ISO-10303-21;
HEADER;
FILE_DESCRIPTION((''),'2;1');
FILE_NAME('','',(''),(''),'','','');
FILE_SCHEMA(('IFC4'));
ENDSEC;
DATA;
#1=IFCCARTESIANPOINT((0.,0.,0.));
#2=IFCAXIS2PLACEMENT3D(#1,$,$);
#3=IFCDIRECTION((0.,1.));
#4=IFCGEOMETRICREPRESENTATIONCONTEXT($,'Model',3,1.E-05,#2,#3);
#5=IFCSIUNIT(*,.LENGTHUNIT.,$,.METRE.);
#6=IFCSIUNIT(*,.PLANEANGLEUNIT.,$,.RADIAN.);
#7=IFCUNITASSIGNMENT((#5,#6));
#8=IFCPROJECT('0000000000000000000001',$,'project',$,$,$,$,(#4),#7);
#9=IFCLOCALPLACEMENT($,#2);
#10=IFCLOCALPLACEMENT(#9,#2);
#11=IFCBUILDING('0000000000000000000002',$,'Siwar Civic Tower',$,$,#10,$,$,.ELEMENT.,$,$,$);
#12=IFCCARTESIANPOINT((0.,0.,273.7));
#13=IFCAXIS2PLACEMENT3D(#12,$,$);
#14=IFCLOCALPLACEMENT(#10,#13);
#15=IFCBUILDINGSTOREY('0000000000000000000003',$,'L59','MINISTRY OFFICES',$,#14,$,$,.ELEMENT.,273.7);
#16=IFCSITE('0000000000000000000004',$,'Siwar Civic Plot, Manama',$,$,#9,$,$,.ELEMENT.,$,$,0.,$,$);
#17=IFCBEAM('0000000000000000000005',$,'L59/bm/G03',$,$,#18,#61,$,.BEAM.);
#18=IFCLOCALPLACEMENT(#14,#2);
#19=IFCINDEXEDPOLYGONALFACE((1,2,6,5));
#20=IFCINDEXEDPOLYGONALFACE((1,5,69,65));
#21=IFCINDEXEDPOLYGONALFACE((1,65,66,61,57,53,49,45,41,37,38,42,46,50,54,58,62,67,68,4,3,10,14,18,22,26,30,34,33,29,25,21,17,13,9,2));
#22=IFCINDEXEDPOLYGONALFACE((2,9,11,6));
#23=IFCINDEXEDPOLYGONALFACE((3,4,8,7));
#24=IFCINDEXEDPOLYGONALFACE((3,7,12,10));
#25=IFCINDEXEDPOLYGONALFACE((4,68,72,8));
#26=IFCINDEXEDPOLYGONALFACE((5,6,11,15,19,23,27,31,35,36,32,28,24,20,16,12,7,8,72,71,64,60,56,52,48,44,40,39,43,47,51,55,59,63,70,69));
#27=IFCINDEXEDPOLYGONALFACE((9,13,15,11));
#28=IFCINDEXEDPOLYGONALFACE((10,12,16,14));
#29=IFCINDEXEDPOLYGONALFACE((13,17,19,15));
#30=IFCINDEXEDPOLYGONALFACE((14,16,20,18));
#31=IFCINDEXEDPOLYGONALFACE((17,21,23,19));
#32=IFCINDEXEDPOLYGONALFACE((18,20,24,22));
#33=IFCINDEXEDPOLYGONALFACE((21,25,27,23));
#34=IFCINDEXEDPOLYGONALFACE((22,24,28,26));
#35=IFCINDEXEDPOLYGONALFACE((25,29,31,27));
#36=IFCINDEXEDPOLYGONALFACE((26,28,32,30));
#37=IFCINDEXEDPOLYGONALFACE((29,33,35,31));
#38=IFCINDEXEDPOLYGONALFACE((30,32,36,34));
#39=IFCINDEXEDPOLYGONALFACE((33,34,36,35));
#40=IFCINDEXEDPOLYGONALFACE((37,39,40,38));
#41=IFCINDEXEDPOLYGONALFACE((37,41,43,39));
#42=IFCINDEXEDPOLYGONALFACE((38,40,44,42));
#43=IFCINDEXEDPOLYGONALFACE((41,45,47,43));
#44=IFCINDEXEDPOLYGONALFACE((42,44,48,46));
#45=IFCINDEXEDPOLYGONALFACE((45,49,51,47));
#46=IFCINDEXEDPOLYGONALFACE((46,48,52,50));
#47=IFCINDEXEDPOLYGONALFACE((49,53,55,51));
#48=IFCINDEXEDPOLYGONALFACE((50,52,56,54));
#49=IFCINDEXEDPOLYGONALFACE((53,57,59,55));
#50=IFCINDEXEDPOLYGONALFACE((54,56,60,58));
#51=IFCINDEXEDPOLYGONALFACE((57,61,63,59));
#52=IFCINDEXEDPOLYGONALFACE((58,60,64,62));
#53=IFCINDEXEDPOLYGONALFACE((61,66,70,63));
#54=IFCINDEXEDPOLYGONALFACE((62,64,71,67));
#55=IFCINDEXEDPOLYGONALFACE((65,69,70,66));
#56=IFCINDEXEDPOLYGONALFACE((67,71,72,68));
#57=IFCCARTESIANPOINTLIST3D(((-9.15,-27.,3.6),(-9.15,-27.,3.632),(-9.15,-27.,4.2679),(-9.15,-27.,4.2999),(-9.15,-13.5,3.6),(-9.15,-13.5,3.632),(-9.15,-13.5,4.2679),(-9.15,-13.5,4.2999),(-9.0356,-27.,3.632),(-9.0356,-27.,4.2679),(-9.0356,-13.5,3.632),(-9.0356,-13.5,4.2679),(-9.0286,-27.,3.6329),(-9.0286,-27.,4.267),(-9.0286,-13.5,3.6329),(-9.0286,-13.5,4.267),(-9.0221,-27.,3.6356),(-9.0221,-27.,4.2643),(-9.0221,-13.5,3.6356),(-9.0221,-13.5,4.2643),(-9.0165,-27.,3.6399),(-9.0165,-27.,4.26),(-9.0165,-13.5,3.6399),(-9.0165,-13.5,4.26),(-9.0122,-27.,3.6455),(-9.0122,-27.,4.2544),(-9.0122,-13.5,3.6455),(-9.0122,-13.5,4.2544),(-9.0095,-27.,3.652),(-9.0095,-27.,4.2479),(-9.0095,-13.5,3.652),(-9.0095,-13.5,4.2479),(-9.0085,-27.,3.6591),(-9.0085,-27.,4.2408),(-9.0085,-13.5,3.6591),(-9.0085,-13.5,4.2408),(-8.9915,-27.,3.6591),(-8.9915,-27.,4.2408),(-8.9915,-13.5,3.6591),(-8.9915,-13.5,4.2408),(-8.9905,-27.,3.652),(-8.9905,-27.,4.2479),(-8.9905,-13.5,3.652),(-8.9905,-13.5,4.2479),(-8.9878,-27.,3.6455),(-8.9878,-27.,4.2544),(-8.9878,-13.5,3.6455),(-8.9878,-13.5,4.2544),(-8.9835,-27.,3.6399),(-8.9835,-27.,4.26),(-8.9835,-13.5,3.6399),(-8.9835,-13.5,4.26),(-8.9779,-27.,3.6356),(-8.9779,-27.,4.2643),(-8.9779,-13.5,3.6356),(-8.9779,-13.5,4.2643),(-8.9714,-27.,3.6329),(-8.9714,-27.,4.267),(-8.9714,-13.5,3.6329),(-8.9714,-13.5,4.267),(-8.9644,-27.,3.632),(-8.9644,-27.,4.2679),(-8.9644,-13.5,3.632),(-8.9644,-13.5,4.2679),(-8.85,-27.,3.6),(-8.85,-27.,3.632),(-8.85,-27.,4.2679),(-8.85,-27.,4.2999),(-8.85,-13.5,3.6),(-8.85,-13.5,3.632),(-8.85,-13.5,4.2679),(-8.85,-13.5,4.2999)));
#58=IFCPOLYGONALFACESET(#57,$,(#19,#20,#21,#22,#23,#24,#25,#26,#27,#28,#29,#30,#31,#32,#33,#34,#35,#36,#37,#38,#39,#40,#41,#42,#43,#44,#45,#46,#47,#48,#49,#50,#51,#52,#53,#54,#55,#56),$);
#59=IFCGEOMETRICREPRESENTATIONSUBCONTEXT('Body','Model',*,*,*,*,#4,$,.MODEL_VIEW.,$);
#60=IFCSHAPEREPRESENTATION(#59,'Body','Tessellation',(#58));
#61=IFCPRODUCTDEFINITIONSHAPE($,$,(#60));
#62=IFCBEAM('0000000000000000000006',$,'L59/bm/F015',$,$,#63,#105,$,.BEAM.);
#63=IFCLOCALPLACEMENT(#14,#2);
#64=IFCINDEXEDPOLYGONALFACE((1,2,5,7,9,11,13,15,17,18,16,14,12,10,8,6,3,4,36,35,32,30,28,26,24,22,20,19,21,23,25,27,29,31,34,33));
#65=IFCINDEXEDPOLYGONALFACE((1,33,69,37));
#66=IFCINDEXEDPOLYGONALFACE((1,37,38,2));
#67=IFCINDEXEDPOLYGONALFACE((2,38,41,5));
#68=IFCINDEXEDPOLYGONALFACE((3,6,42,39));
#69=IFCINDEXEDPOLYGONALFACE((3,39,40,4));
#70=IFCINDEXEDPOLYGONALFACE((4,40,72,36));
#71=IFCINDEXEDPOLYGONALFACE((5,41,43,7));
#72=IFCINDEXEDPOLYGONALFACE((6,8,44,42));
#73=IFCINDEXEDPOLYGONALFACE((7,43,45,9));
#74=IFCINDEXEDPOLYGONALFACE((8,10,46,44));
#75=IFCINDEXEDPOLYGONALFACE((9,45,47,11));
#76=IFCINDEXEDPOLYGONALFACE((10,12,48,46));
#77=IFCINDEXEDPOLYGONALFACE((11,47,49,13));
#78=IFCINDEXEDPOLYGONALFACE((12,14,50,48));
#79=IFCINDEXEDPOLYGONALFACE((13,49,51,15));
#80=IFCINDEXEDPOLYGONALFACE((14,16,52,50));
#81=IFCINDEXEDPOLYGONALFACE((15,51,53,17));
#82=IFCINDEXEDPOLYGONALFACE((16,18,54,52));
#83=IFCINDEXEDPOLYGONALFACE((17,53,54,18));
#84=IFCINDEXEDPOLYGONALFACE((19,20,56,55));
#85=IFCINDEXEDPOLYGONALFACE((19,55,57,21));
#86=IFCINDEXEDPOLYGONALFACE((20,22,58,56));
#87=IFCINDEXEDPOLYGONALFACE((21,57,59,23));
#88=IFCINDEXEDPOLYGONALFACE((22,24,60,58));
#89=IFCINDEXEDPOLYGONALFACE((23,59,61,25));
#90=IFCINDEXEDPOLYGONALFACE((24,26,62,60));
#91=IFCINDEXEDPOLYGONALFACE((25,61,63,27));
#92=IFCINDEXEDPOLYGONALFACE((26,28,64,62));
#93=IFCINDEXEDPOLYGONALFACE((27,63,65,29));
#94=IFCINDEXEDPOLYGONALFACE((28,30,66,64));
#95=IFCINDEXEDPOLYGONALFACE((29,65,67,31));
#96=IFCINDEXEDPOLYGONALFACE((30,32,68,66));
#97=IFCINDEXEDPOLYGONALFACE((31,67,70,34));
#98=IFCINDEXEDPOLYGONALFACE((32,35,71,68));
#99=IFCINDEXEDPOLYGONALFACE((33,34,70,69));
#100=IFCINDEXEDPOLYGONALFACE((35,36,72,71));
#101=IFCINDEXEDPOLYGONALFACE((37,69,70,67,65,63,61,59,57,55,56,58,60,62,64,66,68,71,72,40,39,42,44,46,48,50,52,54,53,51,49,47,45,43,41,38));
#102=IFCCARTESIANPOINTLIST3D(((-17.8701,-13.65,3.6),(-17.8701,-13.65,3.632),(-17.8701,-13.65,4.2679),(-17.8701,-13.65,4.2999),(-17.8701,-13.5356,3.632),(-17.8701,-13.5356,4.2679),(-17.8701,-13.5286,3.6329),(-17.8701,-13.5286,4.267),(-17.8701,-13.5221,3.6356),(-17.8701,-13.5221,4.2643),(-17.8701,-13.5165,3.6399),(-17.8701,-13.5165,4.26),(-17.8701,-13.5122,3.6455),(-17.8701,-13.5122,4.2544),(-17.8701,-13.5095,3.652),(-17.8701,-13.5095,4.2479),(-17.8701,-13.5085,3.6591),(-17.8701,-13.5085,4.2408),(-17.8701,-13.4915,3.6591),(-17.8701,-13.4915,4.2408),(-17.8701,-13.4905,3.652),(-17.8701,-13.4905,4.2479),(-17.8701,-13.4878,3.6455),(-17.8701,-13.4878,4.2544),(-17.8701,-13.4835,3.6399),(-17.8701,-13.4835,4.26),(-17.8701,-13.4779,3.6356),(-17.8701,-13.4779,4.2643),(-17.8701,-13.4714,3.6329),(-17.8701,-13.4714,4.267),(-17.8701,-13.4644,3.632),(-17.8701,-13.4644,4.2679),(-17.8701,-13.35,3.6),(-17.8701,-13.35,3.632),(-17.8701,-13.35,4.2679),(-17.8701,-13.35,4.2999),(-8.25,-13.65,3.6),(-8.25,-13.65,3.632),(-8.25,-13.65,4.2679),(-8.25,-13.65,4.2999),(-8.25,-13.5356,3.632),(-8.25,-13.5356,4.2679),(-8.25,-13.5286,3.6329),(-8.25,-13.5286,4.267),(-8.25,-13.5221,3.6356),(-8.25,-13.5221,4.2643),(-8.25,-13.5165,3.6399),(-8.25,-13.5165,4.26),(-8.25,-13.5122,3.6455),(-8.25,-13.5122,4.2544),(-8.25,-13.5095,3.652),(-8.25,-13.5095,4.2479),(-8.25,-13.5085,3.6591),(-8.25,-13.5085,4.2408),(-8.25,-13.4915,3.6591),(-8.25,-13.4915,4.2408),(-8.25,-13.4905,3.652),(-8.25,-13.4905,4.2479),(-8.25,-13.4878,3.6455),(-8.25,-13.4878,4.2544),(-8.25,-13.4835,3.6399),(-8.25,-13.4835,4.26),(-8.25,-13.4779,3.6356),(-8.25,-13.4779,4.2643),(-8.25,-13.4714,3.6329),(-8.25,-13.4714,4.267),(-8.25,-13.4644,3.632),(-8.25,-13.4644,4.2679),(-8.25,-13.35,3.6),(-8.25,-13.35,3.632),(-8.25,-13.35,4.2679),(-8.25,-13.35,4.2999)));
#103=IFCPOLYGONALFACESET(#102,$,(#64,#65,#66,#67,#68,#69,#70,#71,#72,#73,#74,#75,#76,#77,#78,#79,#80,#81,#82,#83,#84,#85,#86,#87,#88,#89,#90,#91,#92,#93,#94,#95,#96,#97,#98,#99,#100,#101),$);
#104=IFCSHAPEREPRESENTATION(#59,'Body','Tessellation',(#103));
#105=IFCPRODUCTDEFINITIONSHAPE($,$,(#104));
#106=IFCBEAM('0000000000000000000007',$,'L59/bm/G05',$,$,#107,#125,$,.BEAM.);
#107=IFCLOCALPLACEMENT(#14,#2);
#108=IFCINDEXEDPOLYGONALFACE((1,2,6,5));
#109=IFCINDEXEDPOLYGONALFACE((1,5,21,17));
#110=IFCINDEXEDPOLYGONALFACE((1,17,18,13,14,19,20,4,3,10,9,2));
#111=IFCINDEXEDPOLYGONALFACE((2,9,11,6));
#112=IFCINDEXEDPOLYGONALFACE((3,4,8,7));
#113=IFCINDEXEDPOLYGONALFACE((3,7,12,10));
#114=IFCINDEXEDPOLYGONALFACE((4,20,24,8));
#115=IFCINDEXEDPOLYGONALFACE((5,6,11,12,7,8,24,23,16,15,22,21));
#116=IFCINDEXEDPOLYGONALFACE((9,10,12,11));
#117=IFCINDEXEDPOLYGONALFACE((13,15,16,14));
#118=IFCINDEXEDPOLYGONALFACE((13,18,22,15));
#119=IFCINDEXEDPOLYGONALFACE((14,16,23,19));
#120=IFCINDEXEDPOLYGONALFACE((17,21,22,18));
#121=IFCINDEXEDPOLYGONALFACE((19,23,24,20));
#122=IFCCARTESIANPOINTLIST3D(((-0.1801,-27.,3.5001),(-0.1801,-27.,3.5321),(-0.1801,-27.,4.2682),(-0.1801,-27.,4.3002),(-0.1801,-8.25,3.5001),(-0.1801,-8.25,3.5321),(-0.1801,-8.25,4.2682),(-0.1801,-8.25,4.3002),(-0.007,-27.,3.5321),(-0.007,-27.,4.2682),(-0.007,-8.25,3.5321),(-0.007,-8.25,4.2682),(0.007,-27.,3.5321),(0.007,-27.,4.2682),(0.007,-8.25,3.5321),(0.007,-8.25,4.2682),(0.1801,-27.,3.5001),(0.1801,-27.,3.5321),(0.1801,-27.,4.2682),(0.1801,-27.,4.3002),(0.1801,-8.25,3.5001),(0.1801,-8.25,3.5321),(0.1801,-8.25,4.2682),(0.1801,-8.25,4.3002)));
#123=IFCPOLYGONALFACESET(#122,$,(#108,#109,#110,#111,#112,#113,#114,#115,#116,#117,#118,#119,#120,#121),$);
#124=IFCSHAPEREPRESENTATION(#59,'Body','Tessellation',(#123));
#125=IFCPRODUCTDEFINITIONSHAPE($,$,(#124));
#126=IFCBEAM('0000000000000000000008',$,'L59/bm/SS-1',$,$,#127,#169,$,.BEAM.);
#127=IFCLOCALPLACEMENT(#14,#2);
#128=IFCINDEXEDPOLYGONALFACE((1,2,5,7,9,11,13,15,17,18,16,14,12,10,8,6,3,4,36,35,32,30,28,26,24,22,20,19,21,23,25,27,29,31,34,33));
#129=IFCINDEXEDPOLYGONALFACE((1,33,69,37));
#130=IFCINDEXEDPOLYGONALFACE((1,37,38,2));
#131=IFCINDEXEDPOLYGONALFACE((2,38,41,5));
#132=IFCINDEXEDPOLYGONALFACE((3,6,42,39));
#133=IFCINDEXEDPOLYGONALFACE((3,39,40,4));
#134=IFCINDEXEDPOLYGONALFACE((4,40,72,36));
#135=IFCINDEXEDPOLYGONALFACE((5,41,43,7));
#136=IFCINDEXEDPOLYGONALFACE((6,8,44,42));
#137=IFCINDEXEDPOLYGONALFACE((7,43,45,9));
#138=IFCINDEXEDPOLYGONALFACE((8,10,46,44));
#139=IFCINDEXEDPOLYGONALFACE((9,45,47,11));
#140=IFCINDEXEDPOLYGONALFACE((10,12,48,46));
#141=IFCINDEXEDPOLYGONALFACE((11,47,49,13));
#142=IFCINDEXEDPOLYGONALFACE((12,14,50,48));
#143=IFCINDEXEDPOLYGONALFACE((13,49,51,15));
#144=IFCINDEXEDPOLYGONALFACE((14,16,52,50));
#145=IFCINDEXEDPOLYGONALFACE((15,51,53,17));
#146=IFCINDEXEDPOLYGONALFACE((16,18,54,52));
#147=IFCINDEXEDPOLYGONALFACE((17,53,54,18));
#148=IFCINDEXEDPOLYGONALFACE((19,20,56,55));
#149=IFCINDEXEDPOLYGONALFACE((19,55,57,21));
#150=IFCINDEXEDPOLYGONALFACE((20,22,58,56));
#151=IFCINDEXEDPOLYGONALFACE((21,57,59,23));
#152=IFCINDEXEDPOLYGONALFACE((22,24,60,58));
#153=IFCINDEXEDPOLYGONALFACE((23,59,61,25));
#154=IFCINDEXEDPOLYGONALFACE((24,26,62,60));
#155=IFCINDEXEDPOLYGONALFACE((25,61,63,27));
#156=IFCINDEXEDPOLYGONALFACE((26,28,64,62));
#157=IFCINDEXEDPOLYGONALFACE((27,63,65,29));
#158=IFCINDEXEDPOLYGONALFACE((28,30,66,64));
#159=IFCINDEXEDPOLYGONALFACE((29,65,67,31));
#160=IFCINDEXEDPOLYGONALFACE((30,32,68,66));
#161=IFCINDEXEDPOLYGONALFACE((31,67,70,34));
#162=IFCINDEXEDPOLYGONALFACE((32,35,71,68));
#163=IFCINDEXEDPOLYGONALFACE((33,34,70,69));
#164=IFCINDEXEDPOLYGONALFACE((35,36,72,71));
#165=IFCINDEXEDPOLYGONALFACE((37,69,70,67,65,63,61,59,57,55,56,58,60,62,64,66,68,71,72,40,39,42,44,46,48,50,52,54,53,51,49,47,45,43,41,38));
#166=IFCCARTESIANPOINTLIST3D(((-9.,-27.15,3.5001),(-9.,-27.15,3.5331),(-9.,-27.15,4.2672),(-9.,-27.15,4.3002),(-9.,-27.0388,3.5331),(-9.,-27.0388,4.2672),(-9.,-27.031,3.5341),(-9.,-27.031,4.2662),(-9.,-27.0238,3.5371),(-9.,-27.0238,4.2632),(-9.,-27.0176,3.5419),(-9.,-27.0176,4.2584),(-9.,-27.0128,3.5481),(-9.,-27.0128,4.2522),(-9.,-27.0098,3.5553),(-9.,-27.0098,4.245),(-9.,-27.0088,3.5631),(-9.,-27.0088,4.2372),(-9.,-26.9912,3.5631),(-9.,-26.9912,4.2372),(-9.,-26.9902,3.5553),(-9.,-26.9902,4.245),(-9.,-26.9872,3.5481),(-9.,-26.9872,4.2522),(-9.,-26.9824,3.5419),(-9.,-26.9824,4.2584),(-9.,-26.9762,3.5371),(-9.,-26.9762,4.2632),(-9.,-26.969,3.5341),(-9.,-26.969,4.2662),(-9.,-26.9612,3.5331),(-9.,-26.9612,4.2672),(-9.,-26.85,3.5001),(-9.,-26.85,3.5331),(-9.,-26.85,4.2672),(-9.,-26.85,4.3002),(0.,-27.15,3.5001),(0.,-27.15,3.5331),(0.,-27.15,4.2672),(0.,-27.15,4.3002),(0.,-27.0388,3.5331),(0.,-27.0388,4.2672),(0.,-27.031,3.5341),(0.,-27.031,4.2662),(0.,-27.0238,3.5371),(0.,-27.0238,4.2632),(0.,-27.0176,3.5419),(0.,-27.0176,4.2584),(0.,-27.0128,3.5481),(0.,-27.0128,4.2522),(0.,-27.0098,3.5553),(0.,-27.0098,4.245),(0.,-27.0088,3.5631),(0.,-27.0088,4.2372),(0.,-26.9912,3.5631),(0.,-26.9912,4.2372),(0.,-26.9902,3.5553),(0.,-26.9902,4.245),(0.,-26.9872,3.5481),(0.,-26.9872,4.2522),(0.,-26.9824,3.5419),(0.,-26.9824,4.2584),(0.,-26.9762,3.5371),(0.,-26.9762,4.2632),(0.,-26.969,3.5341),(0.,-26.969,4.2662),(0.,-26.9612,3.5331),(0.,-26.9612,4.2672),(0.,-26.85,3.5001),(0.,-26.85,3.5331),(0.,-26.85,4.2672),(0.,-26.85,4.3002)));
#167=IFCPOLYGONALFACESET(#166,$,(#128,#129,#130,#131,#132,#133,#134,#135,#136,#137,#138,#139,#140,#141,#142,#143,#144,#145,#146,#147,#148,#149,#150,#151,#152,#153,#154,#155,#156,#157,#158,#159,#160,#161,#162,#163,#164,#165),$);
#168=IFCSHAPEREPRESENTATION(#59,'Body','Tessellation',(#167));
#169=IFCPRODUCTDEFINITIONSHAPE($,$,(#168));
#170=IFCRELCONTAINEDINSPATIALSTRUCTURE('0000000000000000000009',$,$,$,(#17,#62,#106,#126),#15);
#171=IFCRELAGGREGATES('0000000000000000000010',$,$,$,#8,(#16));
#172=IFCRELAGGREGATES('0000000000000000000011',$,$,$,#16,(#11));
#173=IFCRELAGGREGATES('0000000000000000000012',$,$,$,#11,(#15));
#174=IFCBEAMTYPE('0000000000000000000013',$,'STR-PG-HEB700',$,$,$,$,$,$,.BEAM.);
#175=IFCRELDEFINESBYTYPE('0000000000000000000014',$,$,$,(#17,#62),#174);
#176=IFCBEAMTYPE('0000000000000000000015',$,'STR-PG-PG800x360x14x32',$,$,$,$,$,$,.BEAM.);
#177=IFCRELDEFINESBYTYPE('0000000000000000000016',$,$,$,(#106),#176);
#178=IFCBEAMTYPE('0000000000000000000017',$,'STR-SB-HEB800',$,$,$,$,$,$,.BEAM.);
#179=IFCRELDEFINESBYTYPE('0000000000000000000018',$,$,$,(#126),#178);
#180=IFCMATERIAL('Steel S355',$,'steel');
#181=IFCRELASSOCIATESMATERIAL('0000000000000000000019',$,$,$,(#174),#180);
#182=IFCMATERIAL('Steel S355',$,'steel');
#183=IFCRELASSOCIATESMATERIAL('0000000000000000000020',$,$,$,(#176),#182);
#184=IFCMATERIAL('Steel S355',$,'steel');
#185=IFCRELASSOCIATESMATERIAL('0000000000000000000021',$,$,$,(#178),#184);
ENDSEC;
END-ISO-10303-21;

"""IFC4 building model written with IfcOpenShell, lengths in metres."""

from ifc_helpers import new_model, si_unit, direction, frame, origin, origin_2d, place, context, subcontext, project, spatial, i_section, extrude, material, material_profile, profile_set, type_object, element, save


model = new_model("IFC4")

# Units and contexts
model_context = context("Model", 3, precision=1e-05, world=origin(), true_north=direction((0.0, 1.0)))
body_context = subcontext(model_context, "Body", "Model", "MODEL_VIEW")
ifc_project = project(units=[si_unit("LENGTHUNIT", "METRE"), si_unit("PLANEANGLEUNIT", "RADIAN")], contexts=[model_context])

# Site, building, storey
site_placement = place(None, origin())
site = spatial("IfcSite", under=ifc_project, at=site_placement, Name="Siwar Civic Plot, Manama", CompositionType="ELEMENT", RefElevation=0.0)
building_placement = place(site_placement, origin())
building = spatial("IfcBuilding", under=site, at=building_placement, Name="Siwar Civic Tower", CompositionType="ELEMENT")
storey_placement = place(building_placement, frame((0.0, 0.0, 273.7)))
storey = spatial("IfcBuildingStorey", under=building, at=storey_placement, Name="L59", Description="MINISTRY OFFICES", CompositionType="ELEMENT", Elevation=273.7)

# Beams
ifc_material_1 = material(Name="Steel S355", Category="steel")
ifc_material_profile_1 = material_profile(ifc_material_1, i_section(OverallWidth=0.3, OverallDepth=0.7, WebThickness=0.0171, FlangeThickness=0.032, FilletRadius=0.0271, at=origin_2d()), Name="HEB700")
ifc_profile_set_1 = profile_set([ifc_material_profile_1], Name="Steel S355")
beam_type_1 = type_object("IfcBeamType", Name="STR-PG-HEB700", PredefinedType="BEAM", material=ifc_profile_set_1)
for number, where, z_axis, x_axis, name in (
    (1, (-9.0, -27.0, 3.95), (0.0, 1.0, 0.0), (-1.0, 0.0, 0.0), "L59/bm/G03"),
):
    element("IfcBeam", number, at=place(storey_placement, frame(where, z_axis=z_axis, x_axis=x_axis)), inside=storey, type_object=beam_type_1, Name=name, PredefinedType="BEAM", context=body_context, shape_type="SweptSolid", body=[
        extrude(i_section(OverallWidth=0.3, OverallDepth=0.7, WebThickness=0.0171, FlangeThickness=0.032, FilletRadius=0.0271, at=origin_2d()), origin(), (0.0, 0.0, 1.0), 13.5),
    ])
beam_1_placement = place(storey_placement, frame((-17.8701, -13.5, 3.95), z_axis=(1.0, 0.0, 0.0), x_axis=(0.0, 1.0, 0.0)))
element("IfcBeam", 2, at=beam_1_placement, inside=storey, type_object=beam_type_1, Name="L59/bm/F015", PredefinedType="BEAM", context=body_context, shape_type="SweptSolid", body=[
    extrude(i_section(OverallWidth=0.3, OverallDepth=0.7, WebThickness=0.0171, FlangeThickness=0.032, FilletRadius=0.0271, at=origin_2d()), origin(), (0.0, 0.0, 1.0), 9.6201),
])
ifc_material_2 = material(Name="Steel S355", Category="steel")
ifc_material_profile_2 = material_profile(ifc_material_2, i_section(OverallWidth=0.3601, OverallDepth=0.8, WebThickness=0.0139, FlangeThickness=0.032, at=origin_2d()), Name="PG800x360x14x32")
ifc_profile_set_2 = profile_set([ifc_material_profile_2], Name="Steel S355")
beam_type_2 = type_object("IfcBeamType", Name="STR-PG-PG800x360x14x32", PredefinedType="BEAM", material=ifc_profile_set_2)
beam_2_placement = place(storey_placement, frame((0.0, -27.0, 3.9001), z_axis=(0.0, 1.0, 0.0), x_axis=(-1.0, 0.0, 0.0)))
element("IfcBeam", 3, at=beam_2_placement, inside=storey, type_object=beam_type_2, Name="L59/bm/G05", PredefinedType="BEAM", context=body_context, shape_type="SweptSolid", body=[
    extrude(i_section(OverallWidth=0.3601, OverallDepth=0.8, WebThickness=0.0139, FlangeThickness=0.032, at=origin_2d()), origin(), (0.0, 0.0, 1.0), 18.75),
])
ifc_material_3 = material(Name="Steel S355", Category="steel")
ifc_material_profile_3 = material_profile(ifc_material_3, i_section(OverallWidth=0.3, OverallDepth=0.8, WebThickness=0.0176, FlangeThickness=0.033, FilletRadius=0.03, at=origin_2d()), Name="HEB800")
ifc_profile_set_3 = profile_set([ifc_material_profile_3], Name="Steel S355")
beam_type_3 = type_object("IfcBeamType", Name="STR-SB-HEB800", PredefinedType="BEAM", material=ifc_profile_set_3)
for number, where, z_axis, x_axis, name in (
    (4, (-9.0, -27.0, 3.9001), (1.0, 0.0, 0.0), (0.0, 1.0, 0.0), "L59/bm/SS-1"),
):
    element("IfcBeam", number, at=place(storey_placement, frame(where, z_axis=z_axis, x_axis=x_axis)), inside=storey, type_object=beam_type_3, Name=name, PredefinedType="BEAM", context=body_context, shape_type="SweptSolid", body=[
        extrude(i_section(OverallWidth=0.3, OverallDepth=0.8, WebThickness=0.0176, FlangeThickness=0.033, FilletRadius=0.03, at=origin_2d()), origin(), (0.0, 0.0, 1.0), 9.0),
    ])

save(model, "model.ifc")
